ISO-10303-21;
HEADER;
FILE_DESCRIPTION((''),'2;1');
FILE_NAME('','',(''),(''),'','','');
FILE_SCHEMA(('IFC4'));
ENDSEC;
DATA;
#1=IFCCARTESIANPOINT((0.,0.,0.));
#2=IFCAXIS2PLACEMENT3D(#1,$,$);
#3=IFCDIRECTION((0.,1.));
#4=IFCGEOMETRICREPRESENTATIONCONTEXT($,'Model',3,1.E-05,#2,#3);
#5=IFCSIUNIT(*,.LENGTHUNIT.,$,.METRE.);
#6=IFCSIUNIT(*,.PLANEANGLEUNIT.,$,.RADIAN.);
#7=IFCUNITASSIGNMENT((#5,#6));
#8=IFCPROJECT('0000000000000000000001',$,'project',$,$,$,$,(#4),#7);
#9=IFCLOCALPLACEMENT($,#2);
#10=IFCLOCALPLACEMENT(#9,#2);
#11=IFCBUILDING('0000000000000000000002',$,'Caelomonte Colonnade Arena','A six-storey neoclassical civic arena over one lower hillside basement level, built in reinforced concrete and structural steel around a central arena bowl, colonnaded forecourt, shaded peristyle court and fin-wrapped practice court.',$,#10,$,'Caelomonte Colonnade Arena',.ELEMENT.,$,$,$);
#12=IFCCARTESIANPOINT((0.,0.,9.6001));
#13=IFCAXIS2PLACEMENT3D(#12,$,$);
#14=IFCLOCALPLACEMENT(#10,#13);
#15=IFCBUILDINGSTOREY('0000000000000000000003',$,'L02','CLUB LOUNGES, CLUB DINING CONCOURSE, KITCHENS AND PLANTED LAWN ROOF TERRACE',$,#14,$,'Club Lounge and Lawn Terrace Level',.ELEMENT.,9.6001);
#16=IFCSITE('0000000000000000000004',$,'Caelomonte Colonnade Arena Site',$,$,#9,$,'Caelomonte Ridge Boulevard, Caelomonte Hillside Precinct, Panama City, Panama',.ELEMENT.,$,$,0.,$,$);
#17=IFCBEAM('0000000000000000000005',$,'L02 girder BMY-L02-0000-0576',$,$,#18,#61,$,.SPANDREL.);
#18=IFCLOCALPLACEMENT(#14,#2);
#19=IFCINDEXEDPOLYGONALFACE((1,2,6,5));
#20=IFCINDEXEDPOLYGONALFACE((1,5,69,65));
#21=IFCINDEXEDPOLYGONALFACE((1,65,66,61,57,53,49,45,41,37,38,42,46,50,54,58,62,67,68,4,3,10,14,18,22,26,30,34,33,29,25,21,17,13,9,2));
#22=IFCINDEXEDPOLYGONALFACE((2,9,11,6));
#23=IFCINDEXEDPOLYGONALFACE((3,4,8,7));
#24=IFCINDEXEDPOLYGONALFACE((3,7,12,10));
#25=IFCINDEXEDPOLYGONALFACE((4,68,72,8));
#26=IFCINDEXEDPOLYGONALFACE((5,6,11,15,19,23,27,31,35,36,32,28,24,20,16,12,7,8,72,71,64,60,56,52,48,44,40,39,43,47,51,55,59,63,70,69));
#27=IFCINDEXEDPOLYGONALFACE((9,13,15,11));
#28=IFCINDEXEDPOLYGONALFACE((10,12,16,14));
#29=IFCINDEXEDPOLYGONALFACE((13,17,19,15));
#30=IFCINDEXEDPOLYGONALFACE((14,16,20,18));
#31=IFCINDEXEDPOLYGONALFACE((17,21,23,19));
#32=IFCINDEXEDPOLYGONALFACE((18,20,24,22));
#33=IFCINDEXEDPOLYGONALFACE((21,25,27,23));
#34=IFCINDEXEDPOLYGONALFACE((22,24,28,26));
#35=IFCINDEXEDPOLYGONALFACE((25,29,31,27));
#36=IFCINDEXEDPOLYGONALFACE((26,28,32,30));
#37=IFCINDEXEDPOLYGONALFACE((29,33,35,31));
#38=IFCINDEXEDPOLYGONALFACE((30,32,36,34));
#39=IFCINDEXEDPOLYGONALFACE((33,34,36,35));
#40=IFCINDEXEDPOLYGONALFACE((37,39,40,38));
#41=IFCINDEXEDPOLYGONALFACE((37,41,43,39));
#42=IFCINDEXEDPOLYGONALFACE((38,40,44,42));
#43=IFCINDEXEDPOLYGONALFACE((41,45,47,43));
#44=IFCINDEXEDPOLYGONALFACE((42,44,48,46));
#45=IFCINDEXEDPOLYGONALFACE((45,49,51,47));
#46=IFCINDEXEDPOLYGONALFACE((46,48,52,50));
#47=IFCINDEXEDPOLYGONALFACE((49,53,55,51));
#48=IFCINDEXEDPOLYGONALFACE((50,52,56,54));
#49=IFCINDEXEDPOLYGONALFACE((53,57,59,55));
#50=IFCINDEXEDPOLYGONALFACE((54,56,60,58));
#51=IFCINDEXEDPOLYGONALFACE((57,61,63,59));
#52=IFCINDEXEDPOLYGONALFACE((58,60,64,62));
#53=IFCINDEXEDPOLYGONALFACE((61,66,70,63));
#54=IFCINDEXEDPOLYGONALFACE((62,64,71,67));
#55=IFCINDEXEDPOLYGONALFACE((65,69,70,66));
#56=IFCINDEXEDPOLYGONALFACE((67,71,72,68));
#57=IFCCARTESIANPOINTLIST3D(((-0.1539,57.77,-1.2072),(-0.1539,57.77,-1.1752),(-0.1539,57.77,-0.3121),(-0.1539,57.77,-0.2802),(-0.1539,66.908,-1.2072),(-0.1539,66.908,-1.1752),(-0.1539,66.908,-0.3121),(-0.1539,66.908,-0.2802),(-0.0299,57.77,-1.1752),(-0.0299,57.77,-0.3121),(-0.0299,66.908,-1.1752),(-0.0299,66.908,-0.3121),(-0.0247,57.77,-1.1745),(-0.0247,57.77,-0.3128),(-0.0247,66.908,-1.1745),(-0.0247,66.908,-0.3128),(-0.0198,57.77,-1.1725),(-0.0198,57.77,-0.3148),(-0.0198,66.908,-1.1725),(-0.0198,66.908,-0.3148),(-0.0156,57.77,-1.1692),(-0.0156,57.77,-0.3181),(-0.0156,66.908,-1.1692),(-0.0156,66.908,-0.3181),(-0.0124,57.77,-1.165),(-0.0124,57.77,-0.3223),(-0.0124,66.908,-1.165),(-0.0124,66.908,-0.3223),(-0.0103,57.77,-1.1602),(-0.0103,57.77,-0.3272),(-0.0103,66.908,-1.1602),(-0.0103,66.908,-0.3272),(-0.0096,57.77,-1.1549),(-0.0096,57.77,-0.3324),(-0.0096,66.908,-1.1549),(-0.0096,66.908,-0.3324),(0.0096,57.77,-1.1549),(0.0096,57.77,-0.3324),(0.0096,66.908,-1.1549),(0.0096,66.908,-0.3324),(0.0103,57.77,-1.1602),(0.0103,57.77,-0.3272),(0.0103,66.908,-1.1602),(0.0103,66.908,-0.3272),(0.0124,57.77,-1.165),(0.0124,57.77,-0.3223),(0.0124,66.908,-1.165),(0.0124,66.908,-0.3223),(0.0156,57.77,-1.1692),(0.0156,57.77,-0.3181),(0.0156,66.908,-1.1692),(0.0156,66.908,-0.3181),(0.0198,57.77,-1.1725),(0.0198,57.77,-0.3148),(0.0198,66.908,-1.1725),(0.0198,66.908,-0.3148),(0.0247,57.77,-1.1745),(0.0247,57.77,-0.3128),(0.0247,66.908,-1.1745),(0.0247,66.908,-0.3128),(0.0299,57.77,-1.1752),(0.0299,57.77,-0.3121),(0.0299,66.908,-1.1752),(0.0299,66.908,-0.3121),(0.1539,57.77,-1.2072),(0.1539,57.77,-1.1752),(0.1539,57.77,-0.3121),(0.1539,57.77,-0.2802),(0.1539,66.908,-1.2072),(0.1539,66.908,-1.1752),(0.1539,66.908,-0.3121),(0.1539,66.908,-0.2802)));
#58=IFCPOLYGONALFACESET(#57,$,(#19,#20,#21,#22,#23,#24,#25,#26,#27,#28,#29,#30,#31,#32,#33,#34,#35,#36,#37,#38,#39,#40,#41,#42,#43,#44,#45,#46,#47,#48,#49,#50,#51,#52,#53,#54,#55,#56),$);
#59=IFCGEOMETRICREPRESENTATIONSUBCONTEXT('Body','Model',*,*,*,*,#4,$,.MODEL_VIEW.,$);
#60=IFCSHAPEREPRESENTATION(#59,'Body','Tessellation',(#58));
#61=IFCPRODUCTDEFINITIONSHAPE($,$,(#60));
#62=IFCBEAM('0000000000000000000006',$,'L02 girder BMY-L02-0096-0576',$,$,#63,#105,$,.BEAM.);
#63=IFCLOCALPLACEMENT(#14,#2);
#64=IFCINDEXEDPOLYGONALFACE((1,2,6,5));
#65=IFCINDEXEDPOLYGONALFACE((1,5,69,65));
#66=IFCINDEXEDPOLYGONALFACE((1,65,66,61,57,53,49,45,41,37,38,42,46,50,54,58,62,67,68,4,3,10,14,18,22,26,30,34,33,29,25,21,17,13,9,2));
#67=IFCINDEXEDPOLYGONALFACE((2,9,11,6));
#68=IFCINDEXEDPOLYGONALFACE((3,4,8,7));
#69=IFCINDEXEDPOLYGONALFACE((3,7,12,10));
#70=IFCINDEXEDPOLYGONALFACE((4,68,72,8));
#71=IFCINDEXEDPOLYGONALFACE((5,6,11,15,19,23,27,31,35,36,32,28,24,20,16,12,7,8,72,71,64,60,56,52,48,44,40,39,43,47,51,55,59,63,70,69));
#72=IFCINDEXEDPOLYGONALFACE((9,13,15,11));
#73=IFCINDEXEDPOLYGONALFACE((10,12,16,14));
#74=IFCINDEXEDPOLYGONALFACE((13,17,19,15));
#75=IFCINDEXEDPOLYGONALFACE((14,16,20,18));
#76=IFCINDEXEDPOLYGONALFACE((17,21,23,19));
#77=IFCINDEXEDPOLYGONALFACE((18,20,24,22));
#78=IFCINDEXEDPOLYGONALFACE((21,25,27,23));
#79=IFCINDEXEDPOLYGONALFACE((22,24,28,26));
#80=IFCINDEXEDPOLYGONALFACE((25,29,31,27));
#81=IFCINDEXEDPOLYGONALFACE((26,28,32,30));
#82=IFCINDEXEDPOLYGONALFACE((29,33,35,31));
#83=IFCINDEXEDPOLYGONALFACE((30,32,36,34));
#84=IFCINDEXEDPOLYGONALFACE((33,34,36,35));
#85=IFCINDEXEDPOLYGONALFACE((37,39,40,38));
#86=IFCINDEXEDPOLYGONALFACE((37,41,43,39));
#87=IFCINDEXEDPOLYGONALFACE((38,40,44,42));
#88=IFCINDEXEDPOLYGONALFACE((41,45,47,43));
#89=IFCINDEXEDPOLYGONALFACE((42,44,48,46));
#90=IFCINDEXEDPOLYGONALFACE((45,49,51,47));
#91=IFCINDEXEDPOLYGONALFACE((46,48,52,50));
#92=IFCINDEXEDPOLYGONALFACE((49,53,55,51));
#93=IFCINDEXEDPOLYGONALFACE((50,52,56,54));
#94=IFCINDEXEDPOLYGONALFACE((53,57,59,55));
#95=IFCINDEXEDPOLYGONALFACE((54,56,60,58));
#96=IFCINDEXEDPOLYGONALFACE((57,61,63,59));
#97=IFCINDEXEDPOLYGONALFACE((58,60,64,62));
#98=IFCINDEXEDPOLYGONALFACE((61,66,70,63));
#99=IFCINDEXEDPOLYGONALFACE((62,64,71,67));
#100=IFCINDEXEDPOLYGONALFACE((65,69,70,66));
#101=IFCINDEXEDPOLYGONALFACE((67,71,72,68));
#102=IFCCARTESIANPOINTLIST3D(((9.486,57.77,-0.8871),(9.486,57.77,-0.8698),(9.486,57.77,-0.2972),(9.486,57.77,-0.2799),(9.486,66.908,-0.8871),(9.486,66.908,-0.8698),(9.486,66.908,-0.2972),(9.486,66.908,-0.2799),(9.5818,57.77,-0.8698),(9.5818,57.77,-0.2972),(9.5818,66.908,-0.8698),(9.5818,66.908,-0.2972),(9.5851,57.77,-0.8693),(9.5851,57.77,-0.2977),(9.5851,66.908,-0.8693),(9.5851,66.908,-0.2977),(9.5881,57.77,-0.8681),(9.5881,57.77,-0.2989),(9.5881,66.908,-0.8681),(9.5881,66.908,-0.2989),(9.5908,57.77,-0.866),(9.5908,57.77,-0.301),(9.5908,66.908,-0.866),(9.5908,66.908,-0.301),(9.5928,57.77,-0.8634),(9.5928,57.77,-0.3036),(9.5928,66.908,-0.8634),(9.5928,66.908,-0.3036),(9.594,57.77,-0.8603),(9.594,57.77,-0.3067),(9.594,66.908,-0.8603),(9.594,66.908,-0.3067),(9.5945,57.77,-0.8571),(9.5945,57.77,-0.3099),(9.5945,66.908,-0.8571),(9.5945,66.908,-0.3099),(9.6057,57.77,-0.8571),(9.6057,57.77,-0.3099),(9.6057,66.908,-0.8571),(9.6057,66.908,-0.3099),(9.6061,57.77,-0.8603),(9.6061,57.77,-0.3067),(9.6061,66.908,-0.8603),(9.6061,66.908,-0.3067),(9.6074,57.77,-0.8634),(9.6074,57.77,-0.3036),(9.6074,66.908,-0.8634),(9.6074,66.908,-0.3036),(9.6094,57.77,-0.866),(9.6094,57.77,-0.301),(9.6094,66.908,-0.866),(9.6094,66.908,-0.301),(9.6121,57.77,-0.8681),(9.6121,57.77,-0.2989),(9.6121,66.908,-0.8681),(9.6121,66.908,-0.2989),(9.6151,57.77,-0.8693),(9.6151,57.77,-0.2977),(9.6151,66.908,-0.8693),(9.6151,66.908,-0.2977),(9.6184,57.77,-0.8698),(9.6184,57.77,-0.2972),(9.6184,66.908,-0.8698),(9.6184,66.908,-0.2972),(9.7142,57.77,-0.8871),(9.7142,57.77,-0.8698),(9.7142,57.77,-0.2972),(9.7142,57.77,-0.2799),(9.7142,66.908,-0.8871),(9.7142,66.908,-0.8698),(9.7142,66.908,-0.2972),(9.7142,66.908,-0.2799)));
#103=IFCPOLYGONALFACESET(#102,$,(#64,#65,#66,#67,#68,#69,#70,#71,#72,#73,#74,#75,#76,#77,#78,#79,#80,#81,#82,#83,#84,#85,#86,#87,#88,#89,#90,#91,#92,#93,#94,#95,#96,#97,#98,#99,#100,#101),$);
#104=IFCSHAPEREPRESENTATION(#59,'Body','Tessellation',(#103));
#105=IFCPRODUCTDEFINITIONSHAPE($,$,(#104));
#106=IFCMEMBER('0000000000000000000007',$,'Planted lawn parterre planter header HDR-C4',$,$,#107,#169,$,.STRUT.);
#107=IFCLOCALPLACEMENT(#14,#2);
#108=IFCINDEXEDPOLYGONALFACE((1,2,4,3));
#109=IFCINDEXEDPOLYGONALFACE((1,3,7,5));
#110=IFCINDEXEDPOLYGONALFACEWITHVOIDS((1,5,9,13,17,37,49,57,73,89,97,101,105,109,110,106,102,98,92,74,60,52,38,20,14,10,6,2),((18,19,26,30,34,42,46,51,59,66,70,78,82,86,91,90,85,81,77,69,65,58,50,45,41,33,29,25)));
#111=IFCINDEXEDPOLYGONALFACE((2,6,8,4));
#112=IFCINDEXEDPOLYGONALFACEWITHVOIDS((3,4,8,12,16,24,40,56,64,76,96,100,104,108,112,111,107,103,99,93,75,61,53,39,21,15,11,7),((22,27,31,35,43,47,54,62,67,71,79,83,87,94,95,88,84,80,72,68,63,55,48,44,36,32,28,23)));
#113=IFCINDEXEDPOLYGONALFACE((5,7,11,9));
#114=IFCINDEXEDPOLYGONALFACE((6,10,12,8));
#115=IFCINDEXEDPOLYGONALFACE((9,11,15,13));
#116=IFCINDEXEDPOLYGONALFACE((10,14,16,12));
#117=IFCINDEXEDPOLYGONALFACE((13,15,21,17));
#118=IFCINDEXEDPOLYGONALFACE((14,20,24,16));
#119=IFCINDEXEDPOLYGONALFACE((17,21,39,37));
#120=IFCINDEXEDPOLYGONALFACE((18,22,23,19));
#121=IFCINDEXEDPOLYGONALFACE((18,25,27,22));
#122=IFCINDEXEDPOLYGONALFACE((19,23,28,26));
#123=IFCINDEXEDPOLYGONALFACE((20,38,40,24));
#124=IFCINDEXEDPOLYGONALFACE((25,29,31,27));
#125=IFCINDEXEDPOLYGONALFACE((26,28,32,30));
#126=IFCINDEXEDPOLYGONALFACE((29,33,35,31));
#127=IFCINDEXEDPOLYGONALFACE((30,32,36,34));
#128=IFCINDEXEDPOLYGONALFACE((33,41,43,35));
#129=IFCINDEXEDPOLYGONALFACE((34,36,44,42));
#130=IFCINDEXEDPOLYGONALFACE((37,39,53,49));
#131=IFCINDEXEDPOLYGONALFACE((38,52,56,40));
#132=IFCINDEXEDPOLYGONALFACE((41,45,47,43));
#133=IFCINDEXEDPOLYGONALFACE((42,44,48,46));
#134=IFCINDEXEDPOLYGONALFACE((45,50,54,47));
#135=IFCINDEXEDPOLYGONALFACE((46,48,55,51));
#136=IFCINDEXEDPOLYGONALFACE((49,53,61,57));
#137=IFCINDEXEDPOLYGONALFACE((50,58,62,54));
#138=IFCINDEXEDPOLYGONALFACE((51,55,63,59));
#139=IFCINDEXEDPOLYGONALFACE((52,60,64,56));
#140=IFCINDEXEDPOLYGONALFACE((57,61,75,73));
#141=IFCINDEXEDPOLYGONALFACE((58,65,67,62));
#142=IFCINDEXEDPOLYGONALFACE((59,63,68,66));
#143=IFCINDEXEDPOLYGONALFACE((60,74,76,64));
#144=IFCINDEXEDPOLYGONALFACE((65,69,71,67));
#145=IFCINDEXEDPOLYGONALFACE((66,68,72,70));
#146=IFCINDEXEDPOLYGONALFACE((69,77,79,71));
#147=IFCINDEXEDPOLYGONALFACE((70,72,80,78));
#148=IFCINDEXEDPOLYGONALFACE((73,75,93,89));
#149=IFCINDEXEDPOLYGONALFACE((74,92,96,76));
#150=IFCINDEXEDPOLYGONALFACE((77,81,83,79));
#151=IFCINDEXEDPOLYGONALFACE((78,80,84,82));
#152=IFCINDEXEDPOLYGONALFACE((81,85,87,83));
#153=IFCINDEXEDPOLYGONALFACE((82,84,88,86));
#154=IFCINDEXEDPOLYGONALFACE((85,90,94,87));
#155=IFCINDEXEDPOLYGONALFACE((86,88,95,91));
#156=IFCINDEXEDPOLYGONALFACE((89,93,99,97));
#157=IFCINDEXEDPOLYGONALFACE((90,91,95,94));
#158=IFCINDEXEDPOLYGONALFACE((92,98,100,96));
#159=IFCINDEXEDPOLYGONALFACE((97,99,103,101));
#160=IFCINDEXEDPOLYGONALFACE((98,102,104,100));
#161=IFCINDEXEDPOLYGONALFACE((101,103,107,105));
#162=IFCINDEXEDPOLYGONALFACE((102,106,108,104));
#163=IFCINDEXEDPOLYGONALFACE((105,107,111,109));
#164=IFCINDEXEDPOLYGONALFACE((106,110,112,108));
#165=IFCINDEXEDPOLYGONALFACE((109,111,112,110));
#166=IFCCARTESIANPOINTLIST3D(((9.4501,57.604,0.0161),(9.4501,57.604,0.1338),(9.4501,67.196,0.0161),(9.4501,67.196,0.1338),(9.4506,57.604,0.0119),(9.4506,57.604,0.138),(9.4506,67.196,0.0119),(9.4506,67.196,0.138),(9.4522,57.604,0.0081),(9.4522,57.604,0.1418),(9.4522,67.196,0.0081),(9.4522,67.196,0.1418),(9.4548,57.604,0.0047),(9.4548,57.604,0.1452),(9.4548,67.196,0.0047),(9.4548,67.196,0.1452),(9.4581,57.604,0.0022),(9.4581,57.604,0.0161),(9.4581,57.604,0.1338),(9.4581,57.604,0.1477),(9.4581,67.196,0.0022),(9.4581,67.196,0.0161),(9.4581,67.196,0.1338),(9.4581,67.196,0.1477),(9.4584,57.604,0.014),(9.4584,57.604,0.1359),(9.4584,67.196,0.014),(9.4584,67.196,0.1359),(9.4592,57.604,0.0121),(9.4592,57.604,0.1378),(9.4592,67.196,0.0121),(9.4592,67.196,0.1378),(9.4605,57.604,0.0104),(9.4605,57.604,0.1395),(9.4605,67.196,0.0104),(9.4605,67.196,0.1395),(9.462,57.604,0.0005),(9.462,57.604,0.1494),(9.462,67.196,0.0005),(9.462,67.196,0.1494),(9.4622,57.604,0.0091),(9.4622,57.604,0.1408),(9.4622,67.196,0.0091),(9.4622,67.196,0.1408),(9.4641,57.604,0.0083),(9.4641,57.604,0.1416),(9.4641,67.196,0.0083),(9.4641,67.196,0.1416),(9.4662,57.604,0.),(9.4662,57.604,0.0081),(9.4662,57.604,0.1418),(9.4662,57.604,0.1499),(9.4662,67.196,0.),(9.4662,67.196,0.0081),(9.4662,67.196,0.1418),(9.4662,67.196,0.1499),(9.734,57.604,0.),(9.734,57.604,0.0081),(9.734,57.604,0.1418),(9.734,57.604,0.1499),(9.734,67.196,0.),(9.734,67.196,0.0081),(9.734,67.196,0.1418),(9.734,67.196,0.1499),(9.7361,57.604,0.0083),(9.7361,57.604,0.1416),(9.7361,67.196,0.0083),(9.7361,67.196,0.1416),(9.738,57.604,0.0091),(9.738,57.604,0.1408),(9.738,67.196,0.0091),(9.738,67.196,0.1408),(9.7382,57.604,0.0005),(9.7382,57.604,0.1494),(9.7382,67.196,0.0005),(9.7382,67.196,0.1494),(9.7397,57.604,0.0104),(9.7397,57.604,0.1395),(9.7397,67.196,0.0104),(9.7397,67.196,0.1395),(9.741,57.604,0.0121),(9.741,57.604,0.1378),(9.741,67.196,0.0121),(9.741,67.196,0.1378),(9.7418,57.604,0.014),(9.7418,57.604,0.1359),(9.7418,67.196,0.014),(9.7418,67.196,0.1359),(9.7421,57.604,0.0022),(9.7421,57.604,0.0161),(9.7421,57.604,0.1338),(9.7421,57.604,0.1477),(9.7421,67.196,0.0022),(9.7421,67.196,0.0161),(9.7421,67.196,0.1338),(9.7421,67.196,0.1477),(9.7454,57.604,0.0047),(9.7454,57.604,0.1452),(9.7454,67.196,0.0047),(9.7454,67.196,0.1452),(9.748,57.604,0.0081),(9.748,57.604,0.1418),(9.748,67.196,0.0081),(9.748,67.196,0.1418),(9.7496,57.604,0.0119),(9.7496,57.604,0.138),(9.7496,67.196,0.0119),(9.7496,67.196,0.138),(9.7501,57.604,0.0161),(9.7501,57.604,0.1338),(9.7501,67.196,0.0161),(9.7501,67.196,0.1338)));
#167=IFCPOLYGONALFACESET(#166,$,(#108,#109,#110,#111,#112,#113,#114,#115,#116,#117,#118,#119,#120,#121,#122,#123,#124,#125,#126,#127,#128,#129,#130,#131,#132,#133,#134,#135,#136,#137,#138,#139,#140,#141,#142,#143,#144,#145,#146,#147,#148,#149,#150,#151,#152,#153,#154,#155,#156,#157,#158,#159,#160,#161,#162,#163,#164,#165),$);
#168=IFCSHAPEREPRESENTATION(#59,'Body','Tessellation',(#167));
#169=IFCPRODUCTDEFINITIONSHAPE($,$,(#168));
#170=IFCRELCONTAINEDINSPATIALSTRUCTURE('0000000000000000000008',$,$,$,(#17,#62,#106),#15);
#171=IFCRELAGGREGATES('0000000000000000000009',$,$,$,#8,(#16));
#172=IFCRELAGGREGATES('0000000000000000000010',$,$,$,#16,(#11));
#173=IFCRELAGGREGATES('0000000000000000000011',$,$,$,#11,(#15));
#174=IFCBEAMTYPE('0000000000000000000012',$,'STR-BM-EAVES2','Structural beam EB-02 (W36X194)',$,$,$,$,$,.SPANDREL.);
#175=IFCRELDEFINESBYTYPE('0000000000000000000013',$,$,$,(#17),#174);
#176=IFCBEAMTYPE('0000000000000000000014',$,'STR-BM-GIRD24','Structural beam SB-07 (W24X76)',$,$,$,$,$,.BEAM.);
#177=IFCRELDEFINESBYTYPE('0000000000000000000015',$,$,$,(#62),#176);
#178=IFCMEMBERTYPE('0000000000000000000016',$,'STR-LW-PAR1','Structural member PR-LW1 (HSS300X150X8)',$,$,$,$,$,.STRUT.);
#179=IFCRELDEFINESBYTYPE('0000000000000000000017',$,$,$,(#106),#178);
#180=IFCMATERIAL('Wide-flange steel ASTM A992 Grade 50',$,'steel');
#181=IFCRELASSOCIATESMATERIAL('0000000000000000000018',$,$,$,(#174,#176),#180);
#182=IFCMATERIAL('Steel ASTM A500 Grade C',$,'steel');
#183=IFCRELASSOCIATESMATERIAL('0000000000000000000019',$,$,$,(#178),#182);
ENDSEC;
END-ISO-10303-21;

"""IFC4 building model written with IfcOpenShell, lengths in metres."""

from ifc_helpers import new_model, si_unit, direction, frame, origin, origin_2d, place, context, subcontext, project, spatial, hollow_rectangle, i_section, extrude, material, material_profile, profile_set, type_object, element, save


model = new_model("IFC4")

# Units and contexts
model_context = context("Model", 3, precision=1e-05, world=origin(), true_north=direction((0.0, 1.0)))
body_context = subcontext(model_context, "Body", "Model", "MODEL_VIEW")
ifc_project = project(units=[si_unit("LENGTHUNIT", "METRE"), si_unit("PLANEANGLEUNIT", "RADIAN")], contexts=[model_context])

# Site, building, storey
site_placement = place(None, origin())
site = spatial("IfcSite", under=ifc_project, at=site_placement, Name="Caelomonte Colonnade Arena Site", LongName="Caelomonte Ridge Boulevard, Caelomonte Hillside Precinct, Panama City, Panama", CompositionType="ELEMENT", RefElevation=0.0)
building_placement = place(site_placement, origin())
building = spatial("IfcBuilding", under=site, at=building_placement, Name="Caelomonte Colonnade Arena", Description="A six-storey neoclassical civic arena over one lower hillside basement level, built in reinforced concrete and structural steel around a central arena bowl, colonnaded forecourt, shaded peristyle court and fin-wrapped practice court.", LongName="Caelomonte Colonnade Arena", CompositionType="ELEMENT")
storey_placement = place(building_placement, frame((0.0, 0.0, 9.6001)))
storey = spatial("IfcBuildingStorey", under=building, at=storey_placement, Name="L02", Description="CLUB LOUNGES, CLUB DINING CONCOURSE, KITCHENS AND PLANTED LAWN ROOF TERRACE", LongName="Club Lounge and Lawn Terrace Level", CompositionType="ELEMENT", Elevation=9.6001)

# Beams
ifc_material_1 = material(Name="Wide-flange steel ASTM A992 Grade 50", Category="steel")
ifc_material_profile_1 = material_profile(ifc_material_1, i_section(OverallWidth=0.3079, OverallDepth=0.927, WebThickness=0.0193, FlangeThickness=0.032, FilletRadius=0.0203, at=origin_2d()), Name="W36X194")
ifc_profile_set_1 = profile_set([ifc_material_profile_1], Name="Wide-flange steel ASTM A992 Grade 50")
beam_type_1 = type_object("IfcBeamType", Name="STR-BM-EAVES2", Description="Structural beam EB-02 (W36X194)", PredefinedType="SPANDREL", material=ifc_profile_set_1)
beam_1_placement = place(storey_placement, frame((0.0, 57.77, -0.7437), z_axis=(0.0, 1.0, 0.0), x_axis=(-1.0, 0.0, 0.0)))
element("IfcBeam", 1, at=beam_1_placement, inside=storey, type_object=beam_type_1, Name="L02 girder BMY-L02-0000-0576", PredefinedType="SPANDREL", context=body_context, shape_type="SweptSolid", body=[
    extrude(i_section(OverallWidth=0.3079, OverallDepth=0.927, WebThickness=0.0193, FlangeThickness=0.032, FilletRadius=0.0203, at=origin_2d()), origin(), (0.0, 0.0, 1.0), 9.1379),
])
ifc_material_profile_2 = material_profile(ifc_material_1, i_section(OverallWidth=0.2283, OverallDepth=0.6072, WebThickness=0.0112, FlangeThickness=0.0173, FilletRadius=0.0127, at=origin_2d()), Name="W24X76")
ifc_profile_set_2 = profile_set([ifc_material_profile_2], Name="Wide-flange steel ASTM A992 Grade 50")
beam_type_2 = type_object("IfcBeamType", Name="STR-BM-GIRD24", Description="Structural beam SB-07 (W24X76)", PredefinedType="BEAM", material=ifc_profile_set_2)
beam_2_placement = place(storey_placement, frame((9.6001, 57.77, -0.5835), z_axis=(0.0, 1.0, 0.0), x_axis=(-1.0, 0.0, 0.0)))
element("IfcBeam", 2, at=beam_2_placement, inside=storey, type_object=beam_type_2, Name="L02 girder BMY-L02-0096-0576", PredefinedType="BEAM", context=body_context, shape_type="SweptSolid", body=[
    extrude(i_section(OverallWidth=0.2283, OverallDepth=0.6072, WebThickness=0.0112, FlangeThickness=0.0173, FilletRadius=0.0127, at=origin_2d()), origin(), (0.0, 0.0, 1.0), 9.1379),
])

# Member
ifc_material_2 = material(Name="Steel ASTM A500 Grade C", Category="steel")
ifc_material_profile_3 = material_profile(ifc_material_2, hollow_rectangle(XDim=0.3, YDim=0.1499, WallThickness=0.0081, InnerFilletRadius=0.0081, OuterFilletRadius=0.0161, at=origin_2d()), Name="HSS300X150X8")
ifc_profile_set_3 = profile_set([ifc_material_profile_3], Name="Steel ASTM A500 Grade C")
member_type = type_object("IfcMemberType", Name="STR-LW-PAR1", Description="Structural member PR-LW1 (HSS300X150X8)", PredefinedType="STRUT", material=ifc_profile_set_3)
member_placement = place(storey_placement, frame((9.6001, 57.604, 0.075), z_axis=(0.0, 1.0, 0.0), x_axis=(-1.0, 0.0, 0.0)))
element("IfcMember", 3, at=member_placement, inside=storey, type_object=member_type, Name="Planted lawn parterre planter header HDR-C4", PredefinedType="STRUT", context=body_context, shape_type="SweptSolid", body=[
    extrude(hollow_rectangle(XDim=0.3, YDim=0.1499, WallThickness=0.0081, InnerFilletRadius=0.0081, OuterFilletRadius=0.0161, at=origin_2d()), origin(), (0.0, 0.0, 1.0), 9.592),
])

save(model, "model.ifc")
